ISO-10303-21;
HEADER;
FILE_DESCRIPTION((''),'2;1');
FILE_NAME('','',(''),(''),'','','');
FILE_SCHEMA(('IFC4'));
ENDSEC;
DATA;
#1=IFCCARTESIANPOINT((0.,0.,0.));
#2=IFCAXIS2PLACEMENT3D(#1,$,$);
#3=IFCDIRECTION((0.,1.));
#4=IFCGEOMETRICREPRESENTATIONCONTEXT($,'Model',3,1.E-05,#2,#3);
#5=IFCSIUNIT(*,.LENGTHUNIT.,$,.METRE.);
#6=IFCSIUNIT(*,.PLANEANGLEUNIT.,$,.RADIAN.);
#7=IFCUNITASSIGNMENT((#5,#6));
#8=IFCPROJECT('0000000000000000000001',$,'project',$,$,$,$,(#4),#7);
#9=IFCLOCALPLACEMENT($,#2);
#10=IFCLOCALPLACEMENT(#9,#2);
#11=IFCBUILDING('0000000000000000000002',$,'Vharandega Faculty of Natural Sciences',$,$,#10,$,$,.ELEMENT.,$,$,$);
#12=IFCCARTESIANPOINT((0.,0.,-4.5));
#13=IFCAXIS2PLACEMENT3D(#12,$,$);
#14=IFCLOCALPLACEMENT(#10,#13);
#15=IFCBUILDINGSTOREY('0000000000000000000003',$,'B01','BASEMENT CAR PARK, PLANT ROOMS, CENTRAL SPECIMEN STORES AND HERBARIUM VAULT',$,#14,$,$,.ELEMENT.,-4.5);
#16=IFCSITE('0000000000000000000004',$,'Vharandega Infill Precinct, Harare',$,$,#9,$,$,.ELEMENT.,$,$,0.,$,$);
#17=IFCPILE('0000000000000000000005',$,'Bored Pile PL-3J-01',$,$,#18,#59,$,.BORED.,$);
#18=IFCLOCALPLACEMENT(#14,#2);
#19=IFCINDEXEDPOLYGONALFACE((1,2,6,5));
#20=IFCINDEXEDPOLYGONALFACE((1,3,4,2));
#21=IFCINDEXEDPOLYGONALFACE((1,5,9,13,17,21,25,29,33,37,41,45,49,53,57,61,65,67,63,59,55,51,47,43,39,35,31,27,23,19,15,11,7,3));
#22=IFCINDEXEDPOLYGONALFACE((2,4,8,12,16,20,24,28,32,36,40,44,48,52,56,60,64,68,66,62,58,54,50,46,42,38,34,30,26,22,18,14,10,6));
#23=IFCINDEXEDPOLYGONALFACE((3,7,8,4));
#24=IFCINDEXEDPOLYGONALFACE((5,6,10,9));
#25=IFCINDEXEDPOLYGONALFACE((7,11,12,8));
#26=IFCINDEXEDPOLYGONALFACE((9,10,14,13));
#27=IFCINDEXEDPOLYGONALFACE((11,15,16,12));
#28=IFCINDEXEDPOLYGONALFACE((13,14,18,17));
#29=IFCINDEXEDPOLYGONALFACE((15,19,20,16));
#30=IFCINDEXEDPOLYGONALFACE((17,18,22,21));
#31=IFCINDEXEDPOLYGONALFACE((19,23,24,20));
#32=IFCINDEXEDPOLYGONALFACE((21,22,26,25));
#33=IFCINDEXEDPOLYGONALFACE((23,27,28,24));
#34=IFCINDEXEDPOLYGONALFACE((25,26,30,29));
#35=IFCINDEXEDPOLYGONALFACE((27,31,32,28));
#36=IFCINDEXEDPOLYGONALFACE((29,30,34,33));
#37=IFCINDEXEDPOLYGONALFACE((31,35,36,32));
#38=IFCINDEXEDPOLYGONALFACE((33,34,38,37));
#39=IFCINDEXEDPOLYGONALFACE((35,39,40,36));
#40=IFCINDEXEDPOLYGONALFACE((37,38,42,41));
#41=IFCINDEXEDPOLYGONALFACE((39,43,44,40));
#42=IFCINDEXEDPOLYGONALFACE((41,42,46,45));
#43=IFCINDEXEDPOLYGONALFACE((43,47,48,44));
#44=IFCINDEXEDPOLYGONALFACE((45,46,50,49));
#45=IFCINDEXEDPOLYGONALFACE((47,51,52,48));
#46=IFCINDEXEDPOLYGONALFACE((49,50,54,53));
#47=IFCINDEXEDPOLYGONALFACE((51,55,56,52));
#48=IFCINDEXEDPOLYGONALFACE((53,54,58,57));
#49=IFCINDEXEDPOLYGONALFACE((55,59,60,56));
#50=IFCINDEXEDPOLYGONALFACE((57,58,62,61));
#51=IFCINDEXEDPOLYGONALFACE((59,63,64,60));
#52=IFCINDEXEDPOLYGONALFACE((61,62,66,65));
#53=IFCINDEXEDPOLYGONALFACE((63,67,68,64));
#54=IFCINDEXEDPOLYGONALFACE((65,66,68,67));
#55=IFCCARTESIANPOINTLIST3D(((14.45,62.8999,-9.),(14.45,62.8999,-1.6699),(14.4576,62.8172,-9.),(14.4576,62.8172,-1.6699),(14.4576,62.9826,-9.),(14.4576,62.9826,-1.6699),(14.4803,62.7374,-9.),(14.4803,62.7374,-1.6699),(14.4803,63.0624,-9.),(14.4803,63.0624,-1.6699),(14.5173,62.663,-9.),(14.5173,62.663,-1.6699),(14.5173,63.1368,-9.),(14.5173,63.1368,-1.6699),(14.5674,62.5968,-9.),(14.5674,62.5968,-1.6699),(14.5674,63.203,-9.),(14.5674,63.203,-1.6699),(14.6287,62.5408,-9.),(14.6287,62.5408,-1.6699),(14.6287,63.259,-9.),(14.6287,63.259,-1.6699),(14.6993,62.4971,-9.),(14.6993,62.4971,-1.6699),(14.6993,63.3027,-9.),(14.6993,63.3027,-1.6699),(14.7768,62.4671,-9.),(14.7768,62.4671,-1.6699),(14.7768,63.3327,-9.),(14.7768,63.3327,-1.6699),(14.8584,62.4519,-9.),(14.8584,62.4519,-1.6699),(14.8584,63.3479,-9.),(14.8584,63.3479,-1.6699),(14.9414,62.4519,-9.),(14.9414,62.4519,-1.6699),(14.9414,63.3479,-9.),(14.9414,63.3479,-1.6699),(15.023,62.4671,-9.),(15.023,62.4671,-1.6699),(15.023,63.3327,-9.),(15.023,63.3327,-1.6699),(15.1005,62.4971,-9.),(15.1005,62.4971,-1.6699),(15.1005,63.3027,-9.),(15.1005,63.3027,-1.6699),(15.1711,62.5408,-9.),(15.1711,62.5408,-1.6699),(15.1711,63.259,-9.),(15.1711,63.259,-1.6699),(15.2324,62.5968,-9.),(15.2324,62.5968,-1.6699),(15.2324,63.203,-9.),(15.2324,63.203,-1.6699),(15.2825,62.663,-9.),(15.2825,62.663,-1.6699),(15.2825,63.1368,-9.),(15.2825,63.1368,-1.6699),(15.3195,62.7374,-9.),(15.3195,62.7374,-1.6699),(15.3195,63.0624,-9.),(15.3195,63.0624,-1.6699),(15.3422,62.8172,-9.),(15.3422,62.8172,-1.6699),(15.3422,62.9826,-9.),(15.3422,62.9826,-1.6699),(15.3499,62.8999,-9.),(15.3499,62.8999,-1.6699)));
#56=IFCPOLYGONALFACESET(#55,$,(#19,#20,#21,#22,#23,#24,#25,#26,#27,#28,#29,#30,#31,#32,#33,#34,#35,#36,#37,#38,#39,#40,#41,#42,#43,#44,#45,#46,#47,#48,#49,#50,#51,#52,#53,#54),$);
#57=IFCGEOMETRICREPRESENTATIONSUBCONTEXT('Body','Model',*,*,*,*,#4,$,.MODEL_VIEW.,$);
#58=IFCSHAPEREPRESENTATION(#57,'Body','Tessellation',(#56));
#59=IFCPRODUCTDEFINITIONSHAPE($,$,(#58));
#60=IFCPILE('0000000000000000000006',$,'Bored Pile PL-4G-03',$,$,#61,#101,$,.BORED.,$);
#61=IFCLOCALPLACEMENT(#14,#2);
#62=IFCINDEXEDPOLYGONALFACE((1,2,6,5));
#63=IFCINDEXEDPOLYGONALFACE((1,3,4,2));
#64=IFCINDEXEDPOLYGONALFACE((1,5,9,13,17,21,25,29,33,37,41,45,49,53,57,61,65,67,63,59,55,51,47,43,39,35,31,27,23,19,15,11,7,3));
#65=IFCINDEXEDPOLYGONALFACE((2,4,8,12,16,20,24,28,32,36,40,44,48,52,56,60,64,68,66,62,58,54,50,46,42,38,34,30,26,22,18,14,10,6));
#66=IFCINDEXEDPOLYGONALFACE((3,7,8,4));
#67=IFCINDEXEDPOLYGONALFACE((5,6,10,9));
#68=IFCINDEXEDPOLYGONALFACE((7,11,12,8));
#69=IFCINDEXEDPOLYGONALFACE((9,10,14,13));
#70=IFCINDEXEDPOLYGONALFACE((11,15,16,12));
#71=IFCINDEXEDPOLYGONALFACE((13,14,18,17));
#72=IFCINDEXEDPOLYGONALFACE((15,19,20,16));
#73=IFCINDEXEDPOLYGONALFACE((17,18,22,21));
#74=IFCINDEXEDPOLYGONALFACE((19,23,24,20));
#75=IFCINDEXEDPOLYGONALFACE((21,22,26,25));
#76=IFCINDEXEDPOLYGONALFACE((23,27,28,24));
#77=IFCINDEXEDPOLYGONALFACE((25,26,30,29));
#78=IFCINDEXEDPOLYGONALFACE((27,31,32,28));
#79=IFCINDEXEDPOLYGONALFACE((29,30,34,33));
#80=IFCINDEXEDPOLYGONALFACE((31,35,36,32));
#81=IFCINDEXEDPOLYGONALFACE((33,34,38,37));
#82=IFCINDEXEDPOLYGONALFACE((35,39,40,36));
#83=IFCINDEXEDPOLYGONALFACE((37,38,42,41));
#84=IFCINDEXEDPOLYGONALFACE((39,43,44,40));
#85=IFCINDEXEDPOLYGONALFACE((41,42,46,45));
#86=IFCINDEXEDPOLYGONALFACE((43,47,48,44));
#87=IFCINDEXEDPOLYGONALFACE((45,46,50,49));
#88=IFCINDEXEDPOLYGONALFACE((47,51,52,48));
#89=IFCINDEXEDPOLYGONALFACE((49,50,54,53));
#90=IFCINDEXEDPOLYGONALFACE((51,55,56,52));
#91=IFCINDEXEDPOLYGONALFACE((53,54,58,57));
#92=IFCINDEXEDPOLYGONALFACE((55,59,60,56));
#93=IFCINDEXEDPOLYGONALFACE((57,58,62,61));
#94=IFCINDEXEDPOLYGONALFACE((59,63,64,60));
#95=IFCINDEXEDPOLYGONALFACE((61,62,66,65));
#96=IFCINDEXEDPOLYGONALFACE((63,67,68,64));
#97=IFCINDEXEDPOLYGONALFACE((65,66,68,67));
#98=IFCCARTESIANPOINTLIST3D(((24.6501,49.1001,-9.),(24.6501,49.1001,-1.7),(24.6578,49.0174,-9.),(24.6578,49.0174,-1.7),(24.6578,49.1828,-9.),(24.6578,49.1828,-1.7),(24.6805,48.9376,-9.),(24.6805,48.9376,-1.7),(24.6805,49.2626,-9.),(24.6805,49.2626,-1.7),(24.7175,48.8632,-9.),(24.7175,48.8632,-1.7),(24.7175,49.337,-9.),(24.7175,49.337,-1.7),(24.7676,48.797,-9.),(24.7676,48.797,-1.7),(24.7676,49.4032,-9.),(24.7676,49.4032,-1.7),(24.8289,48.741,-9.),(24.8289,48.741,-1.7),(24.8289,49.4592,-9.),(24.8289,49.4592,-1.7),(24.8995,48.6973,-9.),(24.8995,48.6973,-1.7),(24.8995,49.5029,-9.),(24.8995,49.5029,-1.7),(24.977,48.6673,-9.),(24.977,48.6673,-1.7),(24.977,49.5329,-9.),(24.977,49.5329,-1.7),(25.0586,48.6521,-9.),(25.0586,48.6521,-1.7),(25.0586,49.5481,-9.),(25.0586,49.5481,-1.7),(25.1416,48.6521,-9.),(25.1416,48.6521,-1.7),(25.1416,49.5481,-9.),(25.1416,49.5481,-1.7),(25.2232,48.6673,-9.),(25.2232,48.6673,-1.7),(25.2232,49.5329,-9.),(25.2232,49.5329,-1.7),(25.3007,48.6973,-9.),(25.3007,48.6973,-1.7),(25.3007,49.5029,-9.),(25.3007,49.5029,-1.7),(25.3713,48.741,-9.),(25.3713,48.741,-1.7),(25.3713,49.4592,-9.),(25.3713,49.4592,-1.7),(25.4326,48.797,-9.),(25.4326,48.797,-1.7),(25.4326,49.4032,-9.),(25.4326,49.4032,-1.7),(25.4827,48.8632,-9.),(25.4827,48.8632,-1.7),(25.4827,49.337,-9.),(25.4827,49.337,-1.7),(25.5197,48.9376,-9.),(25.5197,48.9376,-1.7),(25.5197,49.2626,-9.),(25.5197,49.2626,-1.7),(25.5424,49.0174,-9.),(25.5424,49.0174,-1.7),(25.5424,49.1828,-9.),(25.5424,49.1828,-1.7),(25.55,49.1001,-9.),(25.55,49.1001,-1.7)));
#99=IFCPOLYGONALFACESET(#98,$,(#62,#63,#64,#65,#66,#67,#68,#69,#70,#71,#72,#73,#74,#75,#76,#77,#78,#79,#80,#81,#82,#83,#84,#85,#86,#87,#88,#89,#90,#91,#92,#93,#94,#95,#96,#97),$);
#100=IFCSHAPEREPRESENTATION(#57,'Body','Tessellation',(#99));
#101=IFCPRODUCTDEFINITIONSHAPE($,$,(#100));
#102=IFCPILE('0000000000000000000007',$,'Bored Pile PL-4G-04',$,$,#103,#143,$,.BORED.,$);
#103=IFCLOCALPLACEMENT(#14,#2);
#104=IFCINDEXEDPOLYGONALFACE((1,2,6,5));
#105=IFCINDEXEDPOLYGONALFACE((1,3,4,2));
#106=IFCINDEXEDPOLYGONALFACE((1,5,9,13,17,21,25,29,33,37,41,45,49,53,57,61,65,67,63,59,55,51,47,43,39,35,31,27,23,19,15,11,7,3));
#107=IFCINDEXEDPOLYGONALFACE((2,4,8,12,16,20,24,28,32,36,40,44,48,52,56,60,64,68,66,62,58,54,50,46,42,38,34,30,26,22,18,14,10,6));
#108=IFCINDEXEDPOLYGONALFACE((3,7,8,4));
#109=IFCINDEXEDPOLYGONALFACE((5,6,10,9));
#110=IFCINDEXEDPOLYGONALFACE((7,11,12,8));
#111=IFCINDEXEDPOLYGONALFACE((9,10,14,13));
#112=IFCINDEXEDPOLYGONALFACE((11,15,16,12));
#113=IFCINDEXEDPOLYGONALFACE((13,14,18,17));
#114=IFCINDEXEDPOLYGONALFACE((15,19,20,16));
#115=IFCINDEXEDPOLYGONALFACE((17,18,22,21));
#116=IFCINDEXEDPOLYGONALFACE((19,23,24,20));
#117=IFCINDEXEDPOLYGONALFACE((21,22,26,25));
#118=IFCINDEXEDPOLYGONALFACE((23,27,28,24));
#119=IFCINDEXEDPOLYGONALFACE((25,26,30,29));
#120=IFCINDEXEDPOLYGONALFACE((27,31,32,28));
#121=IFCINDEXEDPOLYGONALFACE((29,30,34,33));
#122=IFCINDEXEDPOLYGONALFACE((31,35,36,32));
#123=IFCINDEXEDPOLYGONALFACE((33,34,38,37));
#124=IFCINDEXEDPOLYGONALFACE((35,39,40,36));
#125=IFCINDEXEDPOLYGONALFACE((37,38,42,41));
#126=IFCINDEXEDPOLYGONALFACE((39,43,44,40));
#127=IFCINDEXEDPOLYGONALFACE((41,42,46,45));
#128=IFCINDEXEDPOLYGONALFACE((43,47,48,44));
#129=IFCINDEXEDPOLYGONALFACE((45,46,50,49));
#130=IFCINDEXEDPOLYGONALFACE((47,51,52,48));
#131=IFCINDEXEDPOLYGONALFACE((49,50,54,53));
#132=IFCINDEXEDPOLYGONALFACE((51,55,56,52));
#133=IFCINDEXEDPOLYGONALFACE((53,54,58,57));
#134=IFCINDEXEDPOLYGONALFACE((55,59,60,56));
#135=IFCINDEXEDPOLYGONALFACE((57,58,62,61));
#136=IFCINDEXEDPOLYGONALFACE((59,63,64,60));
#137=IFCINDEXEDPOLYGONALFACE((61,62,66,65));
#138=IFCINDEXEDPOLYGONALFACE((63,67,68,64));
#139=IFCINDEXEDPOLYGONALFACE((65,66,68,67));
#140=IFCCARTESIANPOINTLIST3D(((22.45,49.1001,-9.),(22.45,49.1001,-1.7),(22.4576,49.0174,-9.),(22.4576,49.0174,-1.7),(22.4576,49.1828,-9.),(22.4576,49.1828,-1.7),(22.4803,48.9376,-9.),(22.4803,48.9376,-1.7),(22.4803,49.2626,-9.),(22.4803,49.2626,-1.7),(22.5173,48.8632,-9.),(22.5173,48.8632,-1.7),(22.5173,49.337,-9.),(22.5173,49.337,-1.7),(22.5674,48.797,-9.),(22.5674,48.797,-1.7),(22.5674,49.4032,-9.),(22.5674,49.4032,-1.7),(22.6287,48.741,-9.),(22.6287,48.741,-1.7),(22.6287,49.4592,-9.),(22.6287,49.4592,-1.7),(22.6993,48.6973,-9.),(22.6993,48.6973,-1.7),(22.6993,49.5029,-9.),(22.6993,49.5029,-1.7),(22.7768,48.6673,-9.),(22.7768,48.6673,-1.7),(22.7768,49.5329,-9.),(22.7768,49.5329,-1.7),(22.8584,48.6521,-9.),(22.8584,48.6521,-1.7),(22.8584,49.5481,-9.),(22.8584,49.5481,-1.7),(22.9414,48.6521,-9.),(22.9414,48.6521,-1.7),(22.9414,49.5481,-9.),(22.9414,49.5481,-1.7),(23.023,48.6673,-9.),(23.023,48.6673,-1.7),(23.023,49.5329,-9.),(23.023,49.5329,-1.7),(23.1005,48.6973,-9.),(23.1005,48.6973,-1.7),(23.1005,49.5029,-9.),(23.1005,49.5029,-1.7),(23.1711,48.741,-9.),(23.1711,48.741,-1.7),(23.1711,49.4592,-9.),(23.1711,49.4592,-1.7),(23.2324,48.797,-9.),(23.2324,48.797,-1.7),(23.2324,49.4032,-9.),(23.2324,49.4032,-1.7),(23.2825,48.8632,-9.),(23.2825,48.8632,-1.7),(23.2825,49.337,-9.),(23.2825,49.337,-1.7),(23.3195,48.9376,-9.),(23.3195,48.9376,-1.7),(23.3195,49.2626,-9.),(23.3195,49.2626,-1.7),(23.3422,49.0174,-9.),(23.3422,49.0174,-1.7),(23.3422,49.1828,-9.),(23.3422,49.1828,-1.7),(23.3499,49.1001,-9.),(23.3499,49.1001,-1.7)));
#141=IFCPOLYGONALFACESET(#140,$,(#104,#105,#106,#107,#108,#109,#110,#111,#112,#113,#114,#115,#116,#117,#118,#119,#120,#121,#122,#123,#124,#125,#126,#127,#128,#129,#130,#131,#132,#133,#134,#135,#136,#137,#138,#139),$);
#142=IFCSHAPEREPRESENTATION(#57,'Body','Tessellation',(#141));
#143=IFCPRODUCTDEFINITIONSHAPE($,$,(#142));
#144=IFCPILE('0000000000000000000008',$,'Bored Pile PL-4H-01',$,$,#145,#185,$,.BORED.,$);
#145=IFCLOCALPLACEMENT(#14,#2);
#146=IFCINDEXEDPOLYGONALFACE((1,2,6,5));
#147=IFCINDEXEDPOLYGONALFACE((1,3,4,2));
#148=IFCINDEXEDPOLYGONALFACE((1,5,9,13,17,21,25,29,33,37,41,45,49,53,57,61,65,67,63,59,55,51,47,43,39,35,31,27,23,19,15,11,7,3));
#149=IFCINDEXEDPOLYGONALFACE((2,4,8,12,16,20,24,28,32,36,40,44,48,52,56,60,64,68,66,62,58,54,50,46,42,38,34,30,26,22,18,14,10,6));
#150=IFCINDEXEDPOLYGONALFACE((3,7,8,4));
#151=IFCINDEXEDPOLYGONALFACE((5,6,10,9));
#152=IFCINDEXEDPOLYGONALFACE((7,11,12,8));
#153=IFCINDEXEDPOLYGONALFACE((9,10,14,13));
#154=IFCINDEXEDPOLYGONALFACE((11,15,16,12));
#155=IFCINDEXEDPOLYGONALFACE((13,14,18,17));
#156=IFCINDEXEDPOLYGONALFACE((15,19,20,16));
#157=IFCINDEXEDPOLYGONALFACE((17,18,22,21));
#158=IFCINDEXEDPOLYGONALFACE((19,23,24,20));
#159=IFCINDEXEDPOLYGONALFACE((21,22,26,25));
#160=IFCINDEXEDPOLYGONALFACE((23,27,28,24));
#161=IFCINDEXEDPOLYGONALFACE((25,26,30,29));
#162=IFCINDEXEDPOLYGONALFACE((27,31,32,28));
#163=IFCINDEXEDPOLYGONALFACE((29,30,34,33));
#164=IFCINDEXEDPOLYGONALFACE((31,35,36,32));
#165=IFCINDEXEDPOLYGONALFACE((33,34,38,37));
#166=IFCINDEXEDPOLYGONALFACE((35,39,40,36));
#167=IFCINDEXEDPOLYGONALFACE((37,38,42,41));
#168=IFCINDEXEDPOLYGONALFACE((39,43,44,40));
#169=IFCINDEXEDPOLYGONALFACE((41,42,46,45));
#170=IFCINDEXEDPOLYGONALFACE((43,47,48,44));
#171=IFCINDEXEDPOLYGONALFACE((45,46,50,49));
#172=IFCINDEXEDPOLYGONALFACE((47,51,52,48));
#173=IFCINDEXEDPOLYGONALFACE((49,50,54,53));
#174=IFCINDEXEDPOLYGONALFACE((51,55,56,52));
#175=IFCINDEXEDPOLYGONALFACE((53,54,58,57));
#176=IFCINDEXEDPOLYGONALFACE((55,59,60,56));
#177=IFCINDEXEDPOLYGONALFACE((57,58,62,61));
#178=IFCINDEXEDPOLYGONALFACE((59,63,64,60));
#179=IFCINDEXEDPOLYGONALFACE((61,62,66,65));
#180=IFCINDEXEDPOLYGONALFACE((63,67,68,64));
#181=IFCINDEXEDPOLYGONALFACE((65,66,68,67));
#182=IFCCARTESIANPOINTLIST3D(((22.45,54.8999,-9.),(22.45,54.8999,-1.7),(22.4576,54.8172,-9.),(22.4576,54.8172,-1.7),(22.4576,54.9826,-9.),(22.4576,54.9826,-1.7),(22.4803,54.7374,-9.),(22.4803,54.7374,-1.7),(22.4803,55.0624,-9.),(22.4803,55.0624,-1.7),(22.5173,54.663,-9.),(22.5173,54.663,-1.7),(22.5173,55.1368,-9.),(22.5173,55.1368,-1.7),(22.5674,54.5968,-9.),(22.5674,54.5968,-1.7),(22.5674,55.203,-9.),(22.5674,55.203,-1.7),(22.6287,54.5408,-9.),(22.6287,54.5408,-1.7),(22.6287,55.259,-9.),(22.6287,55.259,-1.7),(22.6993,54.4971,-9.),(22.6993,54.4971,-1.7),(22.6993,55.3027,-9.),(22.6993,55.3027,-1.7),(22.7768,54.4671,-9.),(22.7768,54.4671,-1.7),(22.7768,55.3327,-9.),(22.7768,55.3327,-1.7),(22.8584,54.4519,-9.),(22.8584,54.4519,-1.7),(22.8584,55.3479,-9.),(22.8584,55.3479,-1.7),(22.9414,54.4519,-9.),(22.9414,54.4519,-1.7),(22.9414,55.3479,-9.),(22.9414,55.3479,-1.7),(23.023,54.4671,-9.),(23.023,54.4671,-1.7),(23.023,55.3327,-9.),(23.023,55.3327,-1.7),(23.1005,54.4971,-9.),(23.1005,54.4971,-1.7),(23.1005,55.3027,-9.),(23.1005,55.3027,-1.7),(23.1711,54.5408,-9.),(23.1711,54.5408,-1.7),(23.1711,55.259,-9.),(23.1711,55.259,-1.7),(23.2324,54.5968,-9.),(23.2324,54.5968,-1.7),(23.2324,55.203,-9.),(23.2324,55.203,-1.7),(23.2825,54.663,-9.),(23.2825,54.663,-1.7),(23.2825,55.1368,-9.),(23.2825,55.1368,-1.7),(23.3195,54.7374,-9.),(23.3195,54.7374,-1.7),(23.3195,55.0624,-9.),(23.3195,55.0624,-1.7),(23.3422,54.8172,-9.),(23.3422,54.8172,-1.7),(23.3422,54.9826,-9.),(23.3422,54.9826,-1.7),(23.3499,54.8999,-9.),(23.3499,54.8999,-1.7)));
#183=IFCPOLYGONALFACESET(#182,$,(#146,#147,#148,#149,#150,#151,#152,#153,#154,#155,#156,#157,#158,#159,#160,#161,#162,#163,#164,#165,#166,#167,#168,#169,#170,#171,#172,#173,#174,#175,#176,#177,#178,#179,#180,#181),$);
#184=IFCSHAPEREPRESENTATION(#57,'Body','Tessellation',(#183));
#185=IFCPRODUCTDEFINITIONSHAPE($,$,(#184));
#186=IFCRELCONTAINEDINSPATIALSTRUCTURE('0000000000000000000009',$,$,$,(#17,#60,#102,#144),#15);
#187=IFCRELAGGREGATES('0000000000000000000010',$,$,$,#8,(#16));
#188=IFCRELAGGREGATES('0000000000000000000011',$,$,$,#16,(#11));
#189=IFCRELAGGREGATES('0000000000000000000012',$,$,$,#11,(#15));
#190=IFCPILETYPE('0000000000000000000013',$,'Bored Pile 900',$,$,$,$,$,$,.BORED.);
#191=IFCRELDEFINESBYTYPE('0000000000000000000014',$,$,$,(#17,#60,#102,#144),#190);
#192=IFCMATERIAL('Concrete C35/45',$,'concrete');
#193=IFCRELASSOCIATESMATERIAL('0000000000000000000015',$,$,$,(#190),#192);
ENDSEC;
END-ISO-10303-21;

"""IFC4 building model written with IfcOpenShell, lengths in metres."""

from ifc_helpers import new_model, si_unit, direction, frame, origin, origin_2d, place, context, subcontext, project, spatial, circle, extrude, material, material_profile, profile_set, type_object, element, save


model = new_model("IFC4")

# Units and contexts
model_context = context("Model", 3, precision=1e-05, world=origin(), true_north=direction((0.0, 1.0)))
body_context = subcontext(model_context, "Body", "Model", "MODEL_VIEW")
ifc_project = project(units=[si_unit("LENGTHUNIT", "METRE"), si_unit("PLANEANGLEUNIT", "RADIAN")], contexts=[model_context])

# Site, building, storey
site_placement = place(None, origin())
site = spatial("IfcSite", under=ifc_project, at=site_placement, Name="Vharandega Infill Precinct, Harare", CompositionType="ELEMENT", RefElevation=0.0)
building_placement = place(site_placement, origin())
building = spatial("IfcBuilding", under=site, at=building_placement, Name="Vharandega Faculty of Natural Sciences", CompositionType="ELEMENT")
storey_placement = place(building_placement, frame((0.0, 0.0, -4.5)))
storey = spatial("IfcBuildingStorey", under=building, at=storey_placement, Name="B01", Description="BASEMENT CAR PARK, PLANT ROOMS, CENTRAL SPECIMEN STORES AND HERBARIUM VAULT", CompositionType="ELEMENT", Elevation=-4.5)

# Piles
ifc_material_1 = material(Name="Concrete C35/45", Category="concrete")
ifc_material_profile_1 = material_profile(ifc_material_1, circle(Radius=0.45, at=origin_2d()), Name="PILE 900")
ifc_profile_set_1 = profile_set([ifc_material_profile_1], Name="Concrete C35/45")
pile_type = type_object("IfcPileType", Name="Bored Pile 900", PredefinedType="BORED", material=ifc_profile_set_1)
for number, where, z_axis, x_axis, name in (
    (1, (14.8999, 62.8999, -1.6699), (0.0, 0.0, -1.0), (1.0, 0.0, 0.0), "Bored Pile PL-3J-01"),
):
    element("IfcPile", number, at=place(storey_placement, frame(where, z_axis=z_axis, x_axis=x_axis)), inside=storey, type_object=pile_type, Name=name, PredefinedType="BORED", context=body_context, shape_type="SweptSolid", body=[
        extrude(circle(Radius=0.45, at=origin_2d()), origin(), (0.0, 0.0, 1.0), 7.3301),
    ])
for number, where, z_axis, x_axis, name in (
    (2, (25.1001, 49.1001, -1.7), (0.0, 0.0, -1.0), (1.0, 0.0, 0.0), "Bored Pile PL-4G-03"),
    (3, (22.8999, 49.1001, -1.7), (0.0, 0.0, -1.0), (1.0, 0.0, 0.0), "Bored Pile PL-4G-04"),
    (4, (22.8999, 54.8999, -1.7), (0.0, 0.0, -1.0), (1.0, 0.0, 0.0), "Bored Pile PL-4H-01"),
):
    element("IfcPile", number, at=place(storey_placement, frame(where, z_axis=z_axis, x_axis=x_axis)), inside=storey, type_object=pile_type, Name=name, PredefinedType="BORED", context=body_context, shape_type="SweptSolid", body=[
        extrude(circle(Radius=0.45, at=origin_2d()), origin(), (0.0, 0.0, 1.0), 7.3),
    ])

save(model, "model.ifc")
